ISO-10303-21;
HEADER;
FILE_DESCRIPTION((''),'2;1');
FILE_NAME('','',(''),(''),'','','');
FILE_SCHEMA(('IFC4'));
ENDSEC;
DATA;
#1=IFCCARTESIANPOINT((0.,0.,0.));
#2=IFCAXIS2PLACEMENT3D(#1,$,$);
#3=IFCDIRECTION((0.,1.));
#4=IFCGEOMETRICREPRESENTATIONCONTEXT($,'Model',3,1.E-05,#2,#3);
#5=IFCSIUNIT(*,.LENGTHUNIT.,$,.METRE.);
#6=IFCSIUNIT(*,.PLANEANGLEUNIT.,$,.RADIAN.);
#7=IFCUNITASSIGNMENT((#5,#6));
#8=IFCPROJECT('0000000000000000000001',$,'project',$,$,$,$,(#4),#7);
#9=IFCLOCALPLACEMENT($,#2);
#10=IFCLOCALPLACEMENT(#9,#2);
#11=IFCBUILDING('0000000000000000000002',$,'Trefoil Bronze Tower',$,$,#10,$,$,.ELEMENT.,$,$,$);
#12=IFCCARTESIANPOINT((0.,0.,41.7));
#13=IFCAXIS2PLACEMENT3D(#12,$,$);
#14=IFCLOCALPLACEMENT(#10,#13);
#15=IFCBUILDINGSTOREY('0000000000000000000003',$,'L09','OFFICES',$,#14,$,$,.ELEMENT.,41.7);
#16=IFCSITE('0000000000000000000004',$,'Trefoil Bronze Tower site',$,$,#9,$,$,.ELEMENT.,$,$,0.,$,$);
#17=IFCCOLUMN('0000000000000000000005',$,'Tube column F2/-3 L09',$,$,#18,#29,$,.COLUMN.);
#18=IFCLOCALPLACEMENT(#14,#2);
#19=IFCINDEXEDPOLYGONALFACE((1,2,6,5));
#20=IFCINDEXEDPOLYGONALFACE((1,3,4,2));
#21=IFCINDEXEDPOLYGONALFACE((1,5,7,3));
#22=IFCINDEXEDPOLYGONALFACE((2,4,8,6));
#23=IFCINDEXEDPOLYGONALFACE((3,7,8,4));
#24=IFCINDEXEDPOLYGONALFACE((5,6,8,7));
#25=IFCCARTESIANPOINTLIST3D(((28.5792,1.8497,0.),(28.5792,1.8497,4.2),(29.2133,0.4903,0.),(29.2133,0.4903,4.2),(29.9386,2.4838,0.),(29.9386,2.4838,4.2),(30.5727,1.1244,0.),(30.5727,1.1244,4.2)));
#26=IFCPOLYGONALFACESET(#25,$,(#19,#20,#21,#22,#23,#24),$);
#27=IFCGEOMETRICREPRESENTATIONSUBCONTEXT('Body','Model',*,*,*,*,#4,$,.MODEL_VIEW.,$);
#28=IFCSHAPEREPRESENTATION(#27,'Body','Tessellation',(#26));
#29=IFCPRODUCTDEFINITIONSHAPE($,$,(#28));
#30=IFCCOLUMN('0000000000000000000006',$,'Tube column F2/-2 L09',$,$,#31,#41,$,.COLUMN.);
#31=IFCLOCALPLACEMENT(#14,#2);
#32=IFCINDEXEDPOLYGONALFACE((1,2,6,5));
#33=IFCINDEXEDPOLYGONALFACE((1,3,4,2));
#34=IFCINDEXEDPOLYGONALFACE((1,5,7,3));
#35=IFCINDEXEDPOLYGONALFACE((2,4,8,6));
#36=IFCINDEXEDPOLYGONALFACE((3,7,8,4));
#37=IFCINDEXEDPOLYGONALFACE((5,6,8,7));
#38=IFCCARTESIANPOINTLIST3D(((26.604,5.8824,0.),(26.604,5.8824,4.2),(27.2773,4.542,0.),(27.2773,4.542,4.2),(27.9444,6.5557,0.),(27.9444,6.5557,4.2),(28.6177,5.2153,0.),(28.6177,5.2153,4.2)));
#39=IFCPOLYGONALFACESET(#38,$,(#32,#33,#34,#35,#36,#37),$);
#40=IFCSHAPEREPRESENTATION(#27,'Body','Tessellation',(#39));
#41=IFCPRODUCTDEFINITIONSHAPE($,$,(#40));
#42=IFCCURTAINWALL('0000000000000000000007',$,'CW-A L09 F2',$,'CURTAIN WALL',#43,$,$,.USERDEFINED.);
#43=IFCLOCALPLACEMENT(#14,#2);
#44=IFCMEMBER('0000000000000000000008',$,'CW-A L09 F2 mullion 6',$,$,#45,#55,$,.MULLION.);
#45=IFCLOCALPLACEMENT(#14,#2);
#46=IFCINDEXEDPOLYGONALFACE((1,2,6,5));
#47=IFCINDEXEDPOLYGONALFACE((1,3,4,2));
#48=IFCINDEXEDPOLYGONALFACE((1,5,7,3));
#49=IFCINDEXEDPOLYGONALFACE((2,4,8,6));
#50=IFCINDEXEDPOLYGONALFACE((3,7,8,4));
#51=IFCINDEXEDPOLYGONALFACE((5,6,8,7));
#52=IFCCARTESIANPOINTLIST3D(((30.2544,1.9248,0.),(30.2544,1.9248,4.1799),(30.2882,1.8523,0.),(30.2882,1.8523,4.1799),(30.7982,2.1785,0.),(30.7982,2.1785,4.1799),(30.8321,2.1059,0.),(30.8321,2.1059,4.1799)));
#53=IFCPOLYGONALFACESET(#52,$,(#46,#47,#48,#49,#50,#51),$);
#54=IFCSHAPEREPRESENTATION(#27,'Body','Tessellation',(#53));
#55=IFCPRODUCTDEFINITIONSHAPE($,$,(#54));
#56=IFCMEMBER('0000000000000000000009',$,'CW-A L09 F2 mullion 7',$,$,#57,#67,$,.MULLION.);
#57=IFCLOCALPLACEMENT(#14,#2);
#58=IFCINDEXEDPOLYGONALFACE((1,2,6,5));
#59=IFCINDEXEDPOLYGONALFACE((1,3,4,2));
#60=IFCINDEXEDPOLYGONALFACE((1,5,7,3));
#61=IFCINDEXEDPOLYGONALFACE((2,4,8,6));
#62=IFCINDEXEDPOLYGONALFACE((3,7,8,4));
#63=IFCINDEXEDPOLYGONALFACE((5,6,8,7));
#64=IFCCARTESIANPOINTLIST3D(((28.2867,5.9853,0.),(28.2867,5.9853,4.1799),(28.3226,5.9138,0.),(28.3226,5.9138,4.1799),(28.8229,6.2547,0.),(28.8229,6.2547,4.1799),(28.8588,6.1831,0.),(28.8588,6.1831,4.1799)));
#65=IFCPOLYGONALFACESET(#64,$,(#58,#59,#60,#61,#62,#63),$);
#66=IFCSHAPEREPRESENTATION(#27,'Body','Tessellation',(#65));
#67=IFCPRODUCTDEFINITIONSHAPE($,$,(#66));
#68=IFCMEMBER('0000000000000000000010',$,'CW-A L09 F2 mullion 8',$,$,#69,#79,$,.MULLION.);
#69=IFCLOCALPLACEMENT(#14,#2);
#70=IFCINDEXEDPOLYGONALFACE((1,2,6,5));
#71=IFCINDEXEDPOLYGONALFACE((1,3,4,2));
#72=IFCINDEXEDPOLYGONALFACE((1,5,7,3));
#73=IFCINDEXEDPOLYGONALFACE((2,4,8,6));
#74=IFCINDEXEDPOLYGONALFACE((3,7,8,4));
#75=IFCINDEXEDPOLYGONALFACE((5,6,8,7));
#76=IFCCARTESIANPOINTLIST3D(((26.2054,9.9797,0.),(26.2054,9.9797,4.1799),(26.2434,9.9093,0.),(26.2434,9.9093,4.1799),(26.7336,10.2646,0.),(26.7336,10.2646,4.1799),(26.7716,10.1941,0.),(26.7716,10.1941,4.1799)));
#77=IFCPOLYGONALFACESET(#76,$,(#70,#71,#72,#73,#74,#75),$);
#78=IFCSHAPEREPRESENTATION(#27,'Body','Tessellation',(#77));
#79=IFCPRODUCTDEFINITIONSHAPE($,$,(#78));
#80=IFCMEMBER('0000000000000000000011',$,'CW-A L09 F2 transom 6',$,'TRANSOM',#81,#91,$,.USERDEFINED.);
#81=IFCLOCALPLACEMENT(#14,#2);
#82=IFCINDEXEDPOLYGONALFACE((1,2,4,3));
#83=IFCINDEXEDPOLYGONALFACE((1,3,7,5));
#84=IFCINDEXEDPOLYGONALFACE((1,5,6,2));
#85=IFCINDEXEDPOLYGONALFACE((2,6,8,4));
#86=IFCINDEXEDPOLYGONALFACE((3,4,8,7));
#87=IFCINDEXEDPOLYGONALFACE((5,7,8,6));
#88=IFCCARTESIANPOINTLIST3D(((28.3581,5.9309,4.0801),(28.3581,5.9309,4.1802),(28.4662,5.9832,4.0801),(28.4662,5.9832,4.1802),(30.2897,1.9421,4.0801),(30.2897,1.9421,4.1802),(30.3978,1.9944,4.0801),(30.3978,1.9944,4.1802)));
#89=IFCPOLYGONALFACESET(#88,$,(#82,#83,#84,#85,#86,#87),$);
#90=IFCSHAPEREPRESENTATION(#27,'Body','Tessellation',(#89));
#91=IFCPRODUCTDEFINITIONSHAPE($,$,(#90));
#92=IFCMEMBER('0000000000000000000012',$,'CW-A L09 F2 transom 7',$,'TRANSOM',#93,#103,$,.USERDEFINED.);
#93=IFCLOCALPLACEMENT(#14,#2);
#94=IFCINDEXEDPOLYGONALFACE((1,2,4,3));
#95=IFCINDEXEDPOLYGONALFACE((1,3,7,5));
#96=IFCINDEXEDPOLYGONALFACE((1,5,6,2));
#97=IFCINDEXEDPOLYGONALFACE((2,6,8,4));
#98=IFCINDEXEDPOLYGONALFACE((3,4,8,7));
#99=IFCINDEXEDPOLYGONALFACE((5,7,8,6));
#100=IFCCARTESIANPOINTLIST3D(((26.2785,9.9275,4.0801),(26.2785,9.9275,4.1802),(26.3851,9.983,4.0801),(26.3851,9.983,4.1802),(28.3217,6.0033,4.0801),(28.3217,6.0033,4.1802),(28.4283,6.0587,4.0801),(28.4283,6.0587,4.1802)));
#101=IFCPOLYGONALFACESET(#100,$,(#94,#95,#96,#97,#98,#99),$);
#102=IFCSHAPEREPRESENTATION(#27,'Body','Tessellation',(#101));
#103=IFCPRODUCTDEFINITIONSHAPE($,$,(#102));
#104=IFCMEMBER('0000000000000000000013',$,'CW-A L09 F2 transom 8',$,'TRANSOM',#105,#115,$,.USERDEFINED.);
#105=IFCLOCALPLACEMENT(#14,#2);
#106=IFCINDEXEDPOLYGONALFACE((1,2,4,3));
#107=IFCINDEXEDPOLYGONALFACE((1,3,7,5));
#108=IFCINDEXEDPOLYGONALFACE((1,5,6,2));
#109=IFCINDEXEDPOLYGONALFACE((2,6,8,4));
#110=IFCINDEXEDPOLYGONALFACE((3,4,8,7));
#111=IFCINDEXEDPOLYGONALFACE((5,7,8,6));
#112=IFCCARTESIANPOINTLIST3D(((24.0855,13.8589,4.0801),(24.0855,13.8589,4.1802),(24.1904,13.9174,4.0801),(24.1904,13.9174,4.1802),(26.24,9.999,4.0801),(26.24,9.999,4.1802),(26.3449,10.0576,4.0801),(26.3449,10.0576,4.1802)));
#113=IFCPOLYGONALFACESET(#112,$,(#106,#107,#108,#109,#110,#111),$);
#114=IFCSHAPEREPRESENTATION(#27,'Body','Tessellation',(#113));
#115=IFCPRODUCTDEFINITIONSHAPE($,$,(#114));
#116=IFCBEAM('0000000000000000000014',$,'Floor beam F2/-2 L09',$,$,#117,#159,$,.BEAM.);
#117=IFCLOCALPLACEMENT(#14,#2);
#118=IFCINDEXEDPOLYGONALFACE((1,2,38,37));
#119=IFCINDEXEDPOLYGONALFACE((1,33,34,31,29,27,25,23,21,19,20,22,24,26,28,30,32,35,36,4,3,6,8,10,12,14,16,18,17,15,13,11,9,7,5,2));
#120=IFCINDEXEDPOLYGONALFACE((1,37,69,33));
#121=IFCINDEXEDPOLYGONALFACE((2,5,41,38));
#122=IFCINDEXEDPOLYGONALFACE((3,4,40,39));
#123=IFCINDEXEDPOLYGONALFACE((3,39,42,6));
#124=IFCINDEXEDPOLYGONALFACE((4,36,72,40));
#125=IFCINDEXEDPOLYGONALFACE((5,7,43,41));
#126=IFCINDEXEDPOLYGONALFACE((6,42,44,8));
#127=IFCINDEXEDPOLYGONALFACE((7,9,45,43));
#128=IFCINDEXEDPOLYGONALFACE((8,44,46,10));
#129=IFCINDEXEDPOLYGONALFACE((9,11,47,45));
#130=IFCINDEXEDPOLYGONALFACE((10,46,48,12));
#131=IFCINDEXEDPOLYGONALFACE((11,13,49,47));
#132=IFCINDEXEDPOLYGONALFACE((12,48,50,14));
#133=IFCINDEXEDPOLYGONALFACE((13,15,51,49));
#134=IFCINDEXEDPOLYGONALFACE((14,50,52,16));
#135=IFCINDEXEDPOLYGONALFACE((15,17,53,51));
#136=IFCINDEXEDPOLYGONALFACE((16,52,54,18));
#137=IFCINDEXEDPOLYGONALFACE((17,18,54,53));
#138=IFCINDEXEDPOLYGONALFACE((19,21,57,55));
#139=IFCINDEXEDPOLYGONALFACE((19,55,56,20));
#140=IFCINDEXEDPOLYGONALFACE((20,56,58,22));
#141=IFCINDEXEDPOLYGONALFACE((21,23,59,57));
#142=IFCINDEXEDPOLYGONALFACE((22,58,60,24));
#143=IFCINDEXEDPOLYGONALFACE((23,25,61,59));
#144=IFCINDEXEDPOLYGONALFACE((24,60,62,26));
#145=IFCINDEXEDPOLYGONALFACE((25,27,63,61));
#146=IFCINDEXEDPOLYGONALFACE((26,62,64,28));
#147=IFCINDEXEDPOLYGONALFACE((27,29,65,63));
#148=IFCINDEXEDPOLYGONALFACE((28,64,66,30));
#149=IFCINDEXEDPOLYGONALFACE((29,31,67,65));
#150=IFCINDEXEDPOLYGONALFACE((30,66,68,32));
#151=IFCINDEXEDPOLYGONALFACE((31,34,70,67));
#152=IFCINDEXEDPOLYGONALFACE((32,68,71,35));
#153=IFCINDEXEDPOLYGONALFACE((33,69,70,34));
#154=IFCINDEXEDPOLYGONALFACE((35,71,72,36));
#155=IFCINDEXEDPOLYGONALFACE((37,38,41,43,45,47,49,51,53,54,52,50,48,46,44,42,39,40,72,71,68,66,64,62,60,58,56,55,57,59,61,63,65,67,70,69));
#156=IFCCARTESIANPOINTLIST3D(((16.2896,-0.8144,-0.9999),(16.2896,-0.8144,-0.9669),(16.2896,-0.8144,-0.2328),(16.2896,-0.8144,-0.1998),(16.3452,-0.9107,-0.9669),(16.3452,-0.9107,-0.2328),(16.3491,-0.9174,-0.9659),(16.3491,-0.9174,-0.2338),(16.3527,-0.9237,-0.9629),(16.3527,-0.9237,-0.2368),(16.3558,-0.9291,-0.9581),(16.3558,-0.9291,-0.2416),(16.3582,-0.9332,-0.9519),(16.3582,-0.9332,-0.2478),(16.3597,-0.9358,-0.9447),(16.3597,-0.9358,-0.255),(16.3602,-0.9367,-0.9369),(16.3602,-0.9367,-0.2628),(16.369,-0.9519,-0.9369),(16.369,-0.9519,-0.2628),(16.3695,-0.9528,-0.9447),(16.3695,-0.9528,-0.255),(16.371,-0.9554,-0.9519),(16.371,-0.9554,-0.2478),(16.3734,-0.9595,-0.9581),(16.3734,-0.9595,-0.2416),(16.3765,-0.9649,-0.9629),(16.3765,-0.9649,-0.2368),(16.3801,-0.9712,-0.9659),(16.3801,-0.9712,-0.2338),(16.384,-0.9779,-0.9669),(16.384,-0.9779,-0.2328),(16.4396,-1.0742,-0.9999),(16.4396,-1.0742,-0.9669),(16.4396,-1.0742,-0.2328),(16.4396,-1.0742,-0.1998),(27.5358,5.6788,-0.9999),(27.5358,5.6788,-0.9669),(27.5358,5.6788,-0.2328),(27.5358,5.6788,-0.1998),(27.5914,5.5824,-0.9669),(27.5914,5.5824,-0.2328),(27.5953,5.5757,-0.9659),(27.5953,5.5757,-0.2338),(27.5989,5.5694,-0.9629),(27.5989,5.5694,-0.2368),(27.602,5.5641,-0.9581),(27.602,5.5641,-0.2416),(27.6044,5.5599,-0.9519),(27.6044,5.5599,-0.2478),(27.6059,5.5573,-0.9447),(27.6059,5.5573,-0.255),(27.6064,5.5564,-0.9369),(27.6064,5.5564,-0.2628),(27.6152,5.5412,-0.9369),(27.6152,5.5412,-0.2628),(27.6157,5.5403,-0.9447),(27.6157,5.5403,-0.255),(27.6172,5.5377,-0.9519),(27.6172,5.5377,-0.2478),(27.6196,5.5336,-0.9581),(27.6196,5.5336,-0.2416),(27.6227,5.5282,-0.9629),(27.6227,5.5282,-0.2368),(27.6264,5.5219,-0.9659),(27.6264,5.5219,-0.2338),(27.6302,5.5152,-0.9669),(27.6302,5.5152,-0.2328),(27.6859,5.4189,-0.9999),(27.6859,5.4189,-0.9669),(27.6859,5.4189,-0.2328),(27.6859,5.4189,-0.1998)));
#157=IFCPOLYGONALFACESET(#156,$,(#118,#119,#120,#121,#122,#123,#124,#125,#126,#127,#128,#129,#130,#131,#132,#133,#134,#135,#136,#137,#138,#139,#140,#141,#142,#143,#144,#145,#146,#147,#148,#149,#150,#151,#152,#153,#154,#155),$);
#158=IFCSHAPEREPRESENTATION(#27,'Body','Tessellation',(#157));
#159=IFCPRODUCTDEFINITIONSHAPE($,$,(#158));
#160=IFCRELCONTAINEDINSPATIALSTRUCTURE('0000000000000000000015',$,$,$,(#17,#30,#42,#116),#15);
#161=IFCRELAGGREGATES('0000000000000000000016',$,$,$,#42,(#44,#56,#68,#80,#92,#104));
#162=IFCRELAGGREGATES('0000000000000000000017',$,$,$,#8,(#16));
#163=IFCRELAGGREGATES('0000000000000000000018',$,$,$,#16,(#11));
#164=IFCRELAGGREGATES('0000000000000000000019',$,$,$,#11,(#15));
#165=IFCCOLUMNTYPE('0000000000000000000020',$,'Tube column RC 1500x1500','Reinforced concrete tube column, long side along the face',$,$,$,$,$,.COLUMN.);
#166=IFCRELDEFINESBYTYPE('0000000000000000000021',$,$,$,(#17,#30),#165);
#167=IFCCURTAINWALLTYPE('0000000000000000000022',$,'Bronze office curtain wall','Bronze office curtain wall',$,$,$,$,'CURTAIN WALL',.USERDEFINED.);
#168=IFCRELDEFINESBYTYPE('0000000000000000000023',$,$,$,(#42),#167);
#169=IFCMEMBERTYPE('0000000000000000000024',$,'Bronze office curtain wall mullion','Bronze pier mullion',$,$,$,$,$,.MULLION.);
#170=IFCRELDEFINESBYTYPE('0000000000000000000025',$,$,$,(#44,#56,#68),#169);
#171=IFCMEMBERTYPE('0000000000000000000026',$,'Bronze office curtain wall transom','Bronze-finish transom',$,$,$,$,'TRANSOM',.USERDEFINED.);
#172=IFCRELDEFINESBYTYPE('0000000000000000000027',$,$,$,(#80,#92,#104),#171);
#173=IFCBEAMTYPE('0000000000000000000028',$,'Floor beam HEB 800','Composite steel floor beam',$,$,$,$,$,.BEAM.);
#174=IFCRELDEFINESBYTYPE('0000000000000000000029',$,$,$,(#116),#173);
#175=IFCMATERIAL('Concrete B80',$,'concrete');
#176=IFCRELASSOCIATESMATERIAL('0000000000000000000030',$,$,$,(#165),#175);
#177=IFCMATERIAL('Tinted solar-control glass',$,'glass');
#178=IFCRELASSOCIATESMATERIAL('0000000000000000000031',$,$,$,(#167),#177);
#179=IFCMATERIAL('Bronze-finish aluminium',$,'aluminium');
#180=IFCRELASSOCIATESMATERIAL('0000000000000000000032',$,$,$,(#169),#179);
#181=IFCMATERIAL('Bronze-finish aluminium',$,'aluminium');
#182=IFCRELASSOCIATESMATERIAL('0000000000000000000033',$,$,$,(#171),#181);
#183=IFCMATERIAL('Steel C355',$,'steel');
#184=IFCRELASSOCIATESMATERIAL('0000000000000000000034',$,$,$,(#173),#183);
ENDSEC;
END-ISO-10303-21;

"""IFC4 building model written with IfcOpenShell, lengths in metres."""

from ifc_helpers import new_model, si_unit, direction, frame, origin, origin_2d, place, context, subcontext, project, spatial, rectangle, i_section, extrude, material, material_profile, profile_set, type_object, element, aggregate, save


model = new_model("IFC4")

# Units and contexts
model_context = context("Model", 3, precision=1e-05, world=origin(), true_north=direction((0.0, 1.0)))
body_context = subcontext(model_context, "Body", "Model", "MODEL_VIEW")
ifc_project = project(units=[si_unit("LENGTHUNIT", "METRE"), si_unit("PLANEANGLEUNIT", "RADIAN")], contexts=[model_context])

# Site, building, storey
site_placement = place(None, origin())
site = spatial("IfcSite", under=ifc_project, at=site_placement, Name="Trefoil Bronze Tower site", CompositionType="ELEMENT", RefElevation=0.0)
building_placement = place(site_placement, origin())
building = spatial("IfcBuilding", under=site, at=building_placement, Name="Trefoil Bronze Tower", CompositionType="ELEMENT")
storey_placement = place(building_placement, frame((0.0, 0.0, 41.7)))
storey = spatial("IfcBuildingStorey", under=building, at=storey_placement, Name="L09", Description="OFFICES", CompositionType="ELEMENT", Elevation=41.7)

# Columns
ifc_material_1 = material(Name="Concrete B80", Category="concrete")
ifc_material_profile_1 = material_profile(ifc_material_1, rectangle(XDim=1.5, YDim=1.5, at=origin_2d()), Name="RC 1500x1500")
ifc_profile_set_1 = profile_set([ifc_material_profile_1], Name="Concrete B80")
column_type = type_object("IfcColumnType", Name="Tube column RC 1500x1500", Description="Reinforced concrete tube column, long side along the face", PredefinedType="COLUMN", material=ifc_profile_set_1)
for number, where, z_axis, x_axis, name in (
    (1, (29.5759, 1.4871, 0.0), (0.0, 0.0, 1.0), (-0.422701, 0.906269, 0.0), "Tube column F2/-3 L09"),
    (2, (27.6108, 5.5488, 0.0), (0.0, 0.0, 1.0), (-0.44889, 0.893587, 0.0), "Tube column F2/-2 L09"),
):
    element("IfcColumn", number, at=place(storey_placement, frame(where, z_axis=z_axis, x_axis=x_axis)), inside=storey, type_object=column_type, Name=name, PredefinedType="COLUMN", context=body_context, shape_type="SweptSolid", body=[
        extrude(rectangle(XDim=1.5, YDim=1.5, at=origin_2d()), origin(), (0.0, 0.0, 1.0), 4.2),
    ])

# Curtain wall, members
ifc_material_2 = material(Name="Tinted solar-control glass", Category="glass")
curtain_wall_type = type_object("IfcCurtainWallType", Name="Bronze office curtain wall", Description="Bronze office curtain wall", ElementType="CURTAIN WALL", PredefinedType="USERDEFINED", material=ifc_material_2)
curtain_wall_placement = place(storey_placement, origin())
curtain_wall = element("IfcCurtainWall", 3, at=curtain_wall_placement, inside=storey, type_object=curtain_wall_type, Name="CW-A L09 F2", ObjectType="CURTAIN WALL", PredefinedType="USERDEFINED")
ifc_material_3 = material(Name="Bronze-finish aluminium", Category="aluminium")
ifc_material_profile_2 = material_profile(ifc_material_3, rectangle(XDim=0.6001, YDim=0.0801, at=origin_2d()), Name="CW-A mullion")
ifc_profile_set_2 = profile_set([ifc_material_profile_2], Name="Bronze-finish aluminium")
member_type_1 = type_object("IfcMemberType", Name="Bronze office curtain wall mullion", Description="Bronze pier mullion", PredefinedType="MULLION", material=ifc_profile_set_2)
member_1_placement = place(storey_placement, frame((30.5432, 2.0154, 0.0), z_axis=(0.0, 0.0, 1.0), x_axis=(-0.906269, -0.422701, 0.0)))
member_1 = element("IfcMember", 4, at=member_1_placement, type_object=member_type_1, Name="CW-A L09 F2 mullion 6", PredefinedType="MULLION", context=body_context, shape_type="SweptSolid", body=[
    extrude(rectangle(XDim=0.6001, YDim=0.0801, at=origin_2d()), origin(), (0.0, 0.0, 1.0), 4.1799),
])
member_2_placement = place(storey_placement, frame((28.5728, 6.0842, 0.0), z_axis=(0.0, 0.0, 1.0), x_axis=(-0.893587, -0.44889, 0.0)))
member_2 = element("IfcMember", 5, at=member_2_placement, type_object=member_type_1, Name="CW-A L09 F2 mullion 7", PredefinedType="MULLION", context=body_context, shape_type="SweptSolid", body=[
    extrude(rectangle(XDim=0.6001, YDim=0.0801, at=origin_2d()), origin(), (0.0, 0.0, 1.0), 4.1799),
])
member_3_placement = place(storey_placement, frame((26.4885, 10.0869, 0.0), z_axis=(0.0, 0.0, 1.0), x_axis=(-0.880171, -0.474656, 0.0)))
member_3 = element("IfcMember", 6, at=member_3_placement, type_object=member_type_1, Name="CW-A L09 F2 mullion 8", PredefinedType="MULLION", context=body_context, shape_type="SweptSolid", body=[
    extrude(rectangle(XDim=0.6001, YDim=0.0801, at=origin_2d()), origin(), (0.0, 0.0, 1.0), 4.1799),
])
ifc_material_4 = material(Name="Bronze-finish aluminium", Category="aluminium")
ifc_material_profile_3 = material_profile(ifc_material_4, rectangle(XDim=0.1201, YDim=0.1001, at=origin_2d()), Name="CW-A transom")
ifc_profile_set_3 = profile_set([ifc_material_profile_3], Name="Bronze-finish aluminium")
member_type_2 = type_object("IfcMemberType", Name="Bronze office curtain wall transom", Description="Bronze-finish transom", ElementType="TRANSOM", PredefinedType="USERDEFINED", material=ifc_profile_set_3)
member_4_placement = place(storey_placement, frame((30.3438, 1.9683, 4.1301), z_axis=(-0.435852, 0.900018, 0.0), x_axis=(-0.900018, -0.435852, 0.0)))
member_4 = element("IfcMember", 7, at=member_4_placement, type_object=member_type_2, Name="CW-A L09 F2 transom 6", ObjectType="TRANSOM", PredefinedType="USERDEFINED", context=body_context, shape_type="SweptSolid", body=[
    extrude(rectangle(XDim=0.1201, YDim=0.1001, at=origin_2d()), origin(), (0.0, 0.0, 1.0), 4.4319),
])
member_5_placement = place(storey_placement, frame((28.375, 6.031, 4.1301), z_axis=(-0.46181, 0.886979, 0.0), x_axis=(-0.886979, -0.46181, 0.0)))
member_5 = element("IfcMember", 8, at=member_5_placement, type_object=member_type_2, Name="CW-A L09 F2 transom 7", ObjectType="TRANSOM", PredefinedType="USERDEFINED", context=body_context, shape_type="SweptSolid", body=[
    extrude(rectangle(XDim=0.1201, YDim=0.1001, at=origin_2d()), origin(), (0.0, 0.0, 1.0), 4.4243),
])
member_6_placement = place(storey_placement, frame((26.2925, 10.0283, 4.1301), z_axis=(-0.4874, 0.873179, 0.0), x_axis=(-0.873179, -0.4874, 0.0)))
member_6 = element("IfcMember", 9, at=member_6_placement, type_object=member_type_2, Name="CW-A L09 F2 transom 8", ObjectType="TRANSOM", PredefinedType="USERDEFINED", context=body_context, shape_type="SweptSolid", body=[
    extrude(rectangle(XDim=0.1201, YDim=0.1001, at=origin_2d()), origin(), (0.0, 0.0, 1.0), 4.4204),
])

# Beam
ifc_material_5 = material(Name="Steel C355", Category="steel")
ifc_material_profile_4 = material_profile(ifc_material_5, i_section(OverallWidth=0.3, OverallDepth=0.8, WebThickness=0.0176, FlangeThickness=0.033, FilletRadius=0.03, at=origin_2d()), Name="HEB 800")
ifc_profile_set_4 = profile_set([ifc_material_profile_4], Name="Steel C355")
beam_type_1 = type_object("IfcBeamType", Name="Floor beam HEB 800", Description="Composite steel floor beam", PredefinedType="BEAM", material=ifc_profile_set_4)
beam_1_placement = place(storey_placement, frame((27.6108, 5.5488, -0.5999), z_axis=(-0.866022, -0.500005, 0.0), x_axis=(0.500005, -0.866022, 0.0)))
element("IfcBeam", 10, at=beam_1_placement, inside=storey, type_object=beam_type_1, Name="Floor beam F2/-2 L09", PredefinedType="BEAM", context=body_context, shape_type="SweptSolid", body=[
    extrude(i_section(OverallWidth=0.3, OverallDepth=0.8, WebThickness=0.0176, FlangeThickness=0.033, FilletRadius=0.03, at=origin_2d()), origin(), (0.0, 0.0, 1.0), 12.9861),
])

aggregate(curtain_wall, [member_1, member_2, member_3, member_4, member_5, member_6])

save(model, "model.ifc")
